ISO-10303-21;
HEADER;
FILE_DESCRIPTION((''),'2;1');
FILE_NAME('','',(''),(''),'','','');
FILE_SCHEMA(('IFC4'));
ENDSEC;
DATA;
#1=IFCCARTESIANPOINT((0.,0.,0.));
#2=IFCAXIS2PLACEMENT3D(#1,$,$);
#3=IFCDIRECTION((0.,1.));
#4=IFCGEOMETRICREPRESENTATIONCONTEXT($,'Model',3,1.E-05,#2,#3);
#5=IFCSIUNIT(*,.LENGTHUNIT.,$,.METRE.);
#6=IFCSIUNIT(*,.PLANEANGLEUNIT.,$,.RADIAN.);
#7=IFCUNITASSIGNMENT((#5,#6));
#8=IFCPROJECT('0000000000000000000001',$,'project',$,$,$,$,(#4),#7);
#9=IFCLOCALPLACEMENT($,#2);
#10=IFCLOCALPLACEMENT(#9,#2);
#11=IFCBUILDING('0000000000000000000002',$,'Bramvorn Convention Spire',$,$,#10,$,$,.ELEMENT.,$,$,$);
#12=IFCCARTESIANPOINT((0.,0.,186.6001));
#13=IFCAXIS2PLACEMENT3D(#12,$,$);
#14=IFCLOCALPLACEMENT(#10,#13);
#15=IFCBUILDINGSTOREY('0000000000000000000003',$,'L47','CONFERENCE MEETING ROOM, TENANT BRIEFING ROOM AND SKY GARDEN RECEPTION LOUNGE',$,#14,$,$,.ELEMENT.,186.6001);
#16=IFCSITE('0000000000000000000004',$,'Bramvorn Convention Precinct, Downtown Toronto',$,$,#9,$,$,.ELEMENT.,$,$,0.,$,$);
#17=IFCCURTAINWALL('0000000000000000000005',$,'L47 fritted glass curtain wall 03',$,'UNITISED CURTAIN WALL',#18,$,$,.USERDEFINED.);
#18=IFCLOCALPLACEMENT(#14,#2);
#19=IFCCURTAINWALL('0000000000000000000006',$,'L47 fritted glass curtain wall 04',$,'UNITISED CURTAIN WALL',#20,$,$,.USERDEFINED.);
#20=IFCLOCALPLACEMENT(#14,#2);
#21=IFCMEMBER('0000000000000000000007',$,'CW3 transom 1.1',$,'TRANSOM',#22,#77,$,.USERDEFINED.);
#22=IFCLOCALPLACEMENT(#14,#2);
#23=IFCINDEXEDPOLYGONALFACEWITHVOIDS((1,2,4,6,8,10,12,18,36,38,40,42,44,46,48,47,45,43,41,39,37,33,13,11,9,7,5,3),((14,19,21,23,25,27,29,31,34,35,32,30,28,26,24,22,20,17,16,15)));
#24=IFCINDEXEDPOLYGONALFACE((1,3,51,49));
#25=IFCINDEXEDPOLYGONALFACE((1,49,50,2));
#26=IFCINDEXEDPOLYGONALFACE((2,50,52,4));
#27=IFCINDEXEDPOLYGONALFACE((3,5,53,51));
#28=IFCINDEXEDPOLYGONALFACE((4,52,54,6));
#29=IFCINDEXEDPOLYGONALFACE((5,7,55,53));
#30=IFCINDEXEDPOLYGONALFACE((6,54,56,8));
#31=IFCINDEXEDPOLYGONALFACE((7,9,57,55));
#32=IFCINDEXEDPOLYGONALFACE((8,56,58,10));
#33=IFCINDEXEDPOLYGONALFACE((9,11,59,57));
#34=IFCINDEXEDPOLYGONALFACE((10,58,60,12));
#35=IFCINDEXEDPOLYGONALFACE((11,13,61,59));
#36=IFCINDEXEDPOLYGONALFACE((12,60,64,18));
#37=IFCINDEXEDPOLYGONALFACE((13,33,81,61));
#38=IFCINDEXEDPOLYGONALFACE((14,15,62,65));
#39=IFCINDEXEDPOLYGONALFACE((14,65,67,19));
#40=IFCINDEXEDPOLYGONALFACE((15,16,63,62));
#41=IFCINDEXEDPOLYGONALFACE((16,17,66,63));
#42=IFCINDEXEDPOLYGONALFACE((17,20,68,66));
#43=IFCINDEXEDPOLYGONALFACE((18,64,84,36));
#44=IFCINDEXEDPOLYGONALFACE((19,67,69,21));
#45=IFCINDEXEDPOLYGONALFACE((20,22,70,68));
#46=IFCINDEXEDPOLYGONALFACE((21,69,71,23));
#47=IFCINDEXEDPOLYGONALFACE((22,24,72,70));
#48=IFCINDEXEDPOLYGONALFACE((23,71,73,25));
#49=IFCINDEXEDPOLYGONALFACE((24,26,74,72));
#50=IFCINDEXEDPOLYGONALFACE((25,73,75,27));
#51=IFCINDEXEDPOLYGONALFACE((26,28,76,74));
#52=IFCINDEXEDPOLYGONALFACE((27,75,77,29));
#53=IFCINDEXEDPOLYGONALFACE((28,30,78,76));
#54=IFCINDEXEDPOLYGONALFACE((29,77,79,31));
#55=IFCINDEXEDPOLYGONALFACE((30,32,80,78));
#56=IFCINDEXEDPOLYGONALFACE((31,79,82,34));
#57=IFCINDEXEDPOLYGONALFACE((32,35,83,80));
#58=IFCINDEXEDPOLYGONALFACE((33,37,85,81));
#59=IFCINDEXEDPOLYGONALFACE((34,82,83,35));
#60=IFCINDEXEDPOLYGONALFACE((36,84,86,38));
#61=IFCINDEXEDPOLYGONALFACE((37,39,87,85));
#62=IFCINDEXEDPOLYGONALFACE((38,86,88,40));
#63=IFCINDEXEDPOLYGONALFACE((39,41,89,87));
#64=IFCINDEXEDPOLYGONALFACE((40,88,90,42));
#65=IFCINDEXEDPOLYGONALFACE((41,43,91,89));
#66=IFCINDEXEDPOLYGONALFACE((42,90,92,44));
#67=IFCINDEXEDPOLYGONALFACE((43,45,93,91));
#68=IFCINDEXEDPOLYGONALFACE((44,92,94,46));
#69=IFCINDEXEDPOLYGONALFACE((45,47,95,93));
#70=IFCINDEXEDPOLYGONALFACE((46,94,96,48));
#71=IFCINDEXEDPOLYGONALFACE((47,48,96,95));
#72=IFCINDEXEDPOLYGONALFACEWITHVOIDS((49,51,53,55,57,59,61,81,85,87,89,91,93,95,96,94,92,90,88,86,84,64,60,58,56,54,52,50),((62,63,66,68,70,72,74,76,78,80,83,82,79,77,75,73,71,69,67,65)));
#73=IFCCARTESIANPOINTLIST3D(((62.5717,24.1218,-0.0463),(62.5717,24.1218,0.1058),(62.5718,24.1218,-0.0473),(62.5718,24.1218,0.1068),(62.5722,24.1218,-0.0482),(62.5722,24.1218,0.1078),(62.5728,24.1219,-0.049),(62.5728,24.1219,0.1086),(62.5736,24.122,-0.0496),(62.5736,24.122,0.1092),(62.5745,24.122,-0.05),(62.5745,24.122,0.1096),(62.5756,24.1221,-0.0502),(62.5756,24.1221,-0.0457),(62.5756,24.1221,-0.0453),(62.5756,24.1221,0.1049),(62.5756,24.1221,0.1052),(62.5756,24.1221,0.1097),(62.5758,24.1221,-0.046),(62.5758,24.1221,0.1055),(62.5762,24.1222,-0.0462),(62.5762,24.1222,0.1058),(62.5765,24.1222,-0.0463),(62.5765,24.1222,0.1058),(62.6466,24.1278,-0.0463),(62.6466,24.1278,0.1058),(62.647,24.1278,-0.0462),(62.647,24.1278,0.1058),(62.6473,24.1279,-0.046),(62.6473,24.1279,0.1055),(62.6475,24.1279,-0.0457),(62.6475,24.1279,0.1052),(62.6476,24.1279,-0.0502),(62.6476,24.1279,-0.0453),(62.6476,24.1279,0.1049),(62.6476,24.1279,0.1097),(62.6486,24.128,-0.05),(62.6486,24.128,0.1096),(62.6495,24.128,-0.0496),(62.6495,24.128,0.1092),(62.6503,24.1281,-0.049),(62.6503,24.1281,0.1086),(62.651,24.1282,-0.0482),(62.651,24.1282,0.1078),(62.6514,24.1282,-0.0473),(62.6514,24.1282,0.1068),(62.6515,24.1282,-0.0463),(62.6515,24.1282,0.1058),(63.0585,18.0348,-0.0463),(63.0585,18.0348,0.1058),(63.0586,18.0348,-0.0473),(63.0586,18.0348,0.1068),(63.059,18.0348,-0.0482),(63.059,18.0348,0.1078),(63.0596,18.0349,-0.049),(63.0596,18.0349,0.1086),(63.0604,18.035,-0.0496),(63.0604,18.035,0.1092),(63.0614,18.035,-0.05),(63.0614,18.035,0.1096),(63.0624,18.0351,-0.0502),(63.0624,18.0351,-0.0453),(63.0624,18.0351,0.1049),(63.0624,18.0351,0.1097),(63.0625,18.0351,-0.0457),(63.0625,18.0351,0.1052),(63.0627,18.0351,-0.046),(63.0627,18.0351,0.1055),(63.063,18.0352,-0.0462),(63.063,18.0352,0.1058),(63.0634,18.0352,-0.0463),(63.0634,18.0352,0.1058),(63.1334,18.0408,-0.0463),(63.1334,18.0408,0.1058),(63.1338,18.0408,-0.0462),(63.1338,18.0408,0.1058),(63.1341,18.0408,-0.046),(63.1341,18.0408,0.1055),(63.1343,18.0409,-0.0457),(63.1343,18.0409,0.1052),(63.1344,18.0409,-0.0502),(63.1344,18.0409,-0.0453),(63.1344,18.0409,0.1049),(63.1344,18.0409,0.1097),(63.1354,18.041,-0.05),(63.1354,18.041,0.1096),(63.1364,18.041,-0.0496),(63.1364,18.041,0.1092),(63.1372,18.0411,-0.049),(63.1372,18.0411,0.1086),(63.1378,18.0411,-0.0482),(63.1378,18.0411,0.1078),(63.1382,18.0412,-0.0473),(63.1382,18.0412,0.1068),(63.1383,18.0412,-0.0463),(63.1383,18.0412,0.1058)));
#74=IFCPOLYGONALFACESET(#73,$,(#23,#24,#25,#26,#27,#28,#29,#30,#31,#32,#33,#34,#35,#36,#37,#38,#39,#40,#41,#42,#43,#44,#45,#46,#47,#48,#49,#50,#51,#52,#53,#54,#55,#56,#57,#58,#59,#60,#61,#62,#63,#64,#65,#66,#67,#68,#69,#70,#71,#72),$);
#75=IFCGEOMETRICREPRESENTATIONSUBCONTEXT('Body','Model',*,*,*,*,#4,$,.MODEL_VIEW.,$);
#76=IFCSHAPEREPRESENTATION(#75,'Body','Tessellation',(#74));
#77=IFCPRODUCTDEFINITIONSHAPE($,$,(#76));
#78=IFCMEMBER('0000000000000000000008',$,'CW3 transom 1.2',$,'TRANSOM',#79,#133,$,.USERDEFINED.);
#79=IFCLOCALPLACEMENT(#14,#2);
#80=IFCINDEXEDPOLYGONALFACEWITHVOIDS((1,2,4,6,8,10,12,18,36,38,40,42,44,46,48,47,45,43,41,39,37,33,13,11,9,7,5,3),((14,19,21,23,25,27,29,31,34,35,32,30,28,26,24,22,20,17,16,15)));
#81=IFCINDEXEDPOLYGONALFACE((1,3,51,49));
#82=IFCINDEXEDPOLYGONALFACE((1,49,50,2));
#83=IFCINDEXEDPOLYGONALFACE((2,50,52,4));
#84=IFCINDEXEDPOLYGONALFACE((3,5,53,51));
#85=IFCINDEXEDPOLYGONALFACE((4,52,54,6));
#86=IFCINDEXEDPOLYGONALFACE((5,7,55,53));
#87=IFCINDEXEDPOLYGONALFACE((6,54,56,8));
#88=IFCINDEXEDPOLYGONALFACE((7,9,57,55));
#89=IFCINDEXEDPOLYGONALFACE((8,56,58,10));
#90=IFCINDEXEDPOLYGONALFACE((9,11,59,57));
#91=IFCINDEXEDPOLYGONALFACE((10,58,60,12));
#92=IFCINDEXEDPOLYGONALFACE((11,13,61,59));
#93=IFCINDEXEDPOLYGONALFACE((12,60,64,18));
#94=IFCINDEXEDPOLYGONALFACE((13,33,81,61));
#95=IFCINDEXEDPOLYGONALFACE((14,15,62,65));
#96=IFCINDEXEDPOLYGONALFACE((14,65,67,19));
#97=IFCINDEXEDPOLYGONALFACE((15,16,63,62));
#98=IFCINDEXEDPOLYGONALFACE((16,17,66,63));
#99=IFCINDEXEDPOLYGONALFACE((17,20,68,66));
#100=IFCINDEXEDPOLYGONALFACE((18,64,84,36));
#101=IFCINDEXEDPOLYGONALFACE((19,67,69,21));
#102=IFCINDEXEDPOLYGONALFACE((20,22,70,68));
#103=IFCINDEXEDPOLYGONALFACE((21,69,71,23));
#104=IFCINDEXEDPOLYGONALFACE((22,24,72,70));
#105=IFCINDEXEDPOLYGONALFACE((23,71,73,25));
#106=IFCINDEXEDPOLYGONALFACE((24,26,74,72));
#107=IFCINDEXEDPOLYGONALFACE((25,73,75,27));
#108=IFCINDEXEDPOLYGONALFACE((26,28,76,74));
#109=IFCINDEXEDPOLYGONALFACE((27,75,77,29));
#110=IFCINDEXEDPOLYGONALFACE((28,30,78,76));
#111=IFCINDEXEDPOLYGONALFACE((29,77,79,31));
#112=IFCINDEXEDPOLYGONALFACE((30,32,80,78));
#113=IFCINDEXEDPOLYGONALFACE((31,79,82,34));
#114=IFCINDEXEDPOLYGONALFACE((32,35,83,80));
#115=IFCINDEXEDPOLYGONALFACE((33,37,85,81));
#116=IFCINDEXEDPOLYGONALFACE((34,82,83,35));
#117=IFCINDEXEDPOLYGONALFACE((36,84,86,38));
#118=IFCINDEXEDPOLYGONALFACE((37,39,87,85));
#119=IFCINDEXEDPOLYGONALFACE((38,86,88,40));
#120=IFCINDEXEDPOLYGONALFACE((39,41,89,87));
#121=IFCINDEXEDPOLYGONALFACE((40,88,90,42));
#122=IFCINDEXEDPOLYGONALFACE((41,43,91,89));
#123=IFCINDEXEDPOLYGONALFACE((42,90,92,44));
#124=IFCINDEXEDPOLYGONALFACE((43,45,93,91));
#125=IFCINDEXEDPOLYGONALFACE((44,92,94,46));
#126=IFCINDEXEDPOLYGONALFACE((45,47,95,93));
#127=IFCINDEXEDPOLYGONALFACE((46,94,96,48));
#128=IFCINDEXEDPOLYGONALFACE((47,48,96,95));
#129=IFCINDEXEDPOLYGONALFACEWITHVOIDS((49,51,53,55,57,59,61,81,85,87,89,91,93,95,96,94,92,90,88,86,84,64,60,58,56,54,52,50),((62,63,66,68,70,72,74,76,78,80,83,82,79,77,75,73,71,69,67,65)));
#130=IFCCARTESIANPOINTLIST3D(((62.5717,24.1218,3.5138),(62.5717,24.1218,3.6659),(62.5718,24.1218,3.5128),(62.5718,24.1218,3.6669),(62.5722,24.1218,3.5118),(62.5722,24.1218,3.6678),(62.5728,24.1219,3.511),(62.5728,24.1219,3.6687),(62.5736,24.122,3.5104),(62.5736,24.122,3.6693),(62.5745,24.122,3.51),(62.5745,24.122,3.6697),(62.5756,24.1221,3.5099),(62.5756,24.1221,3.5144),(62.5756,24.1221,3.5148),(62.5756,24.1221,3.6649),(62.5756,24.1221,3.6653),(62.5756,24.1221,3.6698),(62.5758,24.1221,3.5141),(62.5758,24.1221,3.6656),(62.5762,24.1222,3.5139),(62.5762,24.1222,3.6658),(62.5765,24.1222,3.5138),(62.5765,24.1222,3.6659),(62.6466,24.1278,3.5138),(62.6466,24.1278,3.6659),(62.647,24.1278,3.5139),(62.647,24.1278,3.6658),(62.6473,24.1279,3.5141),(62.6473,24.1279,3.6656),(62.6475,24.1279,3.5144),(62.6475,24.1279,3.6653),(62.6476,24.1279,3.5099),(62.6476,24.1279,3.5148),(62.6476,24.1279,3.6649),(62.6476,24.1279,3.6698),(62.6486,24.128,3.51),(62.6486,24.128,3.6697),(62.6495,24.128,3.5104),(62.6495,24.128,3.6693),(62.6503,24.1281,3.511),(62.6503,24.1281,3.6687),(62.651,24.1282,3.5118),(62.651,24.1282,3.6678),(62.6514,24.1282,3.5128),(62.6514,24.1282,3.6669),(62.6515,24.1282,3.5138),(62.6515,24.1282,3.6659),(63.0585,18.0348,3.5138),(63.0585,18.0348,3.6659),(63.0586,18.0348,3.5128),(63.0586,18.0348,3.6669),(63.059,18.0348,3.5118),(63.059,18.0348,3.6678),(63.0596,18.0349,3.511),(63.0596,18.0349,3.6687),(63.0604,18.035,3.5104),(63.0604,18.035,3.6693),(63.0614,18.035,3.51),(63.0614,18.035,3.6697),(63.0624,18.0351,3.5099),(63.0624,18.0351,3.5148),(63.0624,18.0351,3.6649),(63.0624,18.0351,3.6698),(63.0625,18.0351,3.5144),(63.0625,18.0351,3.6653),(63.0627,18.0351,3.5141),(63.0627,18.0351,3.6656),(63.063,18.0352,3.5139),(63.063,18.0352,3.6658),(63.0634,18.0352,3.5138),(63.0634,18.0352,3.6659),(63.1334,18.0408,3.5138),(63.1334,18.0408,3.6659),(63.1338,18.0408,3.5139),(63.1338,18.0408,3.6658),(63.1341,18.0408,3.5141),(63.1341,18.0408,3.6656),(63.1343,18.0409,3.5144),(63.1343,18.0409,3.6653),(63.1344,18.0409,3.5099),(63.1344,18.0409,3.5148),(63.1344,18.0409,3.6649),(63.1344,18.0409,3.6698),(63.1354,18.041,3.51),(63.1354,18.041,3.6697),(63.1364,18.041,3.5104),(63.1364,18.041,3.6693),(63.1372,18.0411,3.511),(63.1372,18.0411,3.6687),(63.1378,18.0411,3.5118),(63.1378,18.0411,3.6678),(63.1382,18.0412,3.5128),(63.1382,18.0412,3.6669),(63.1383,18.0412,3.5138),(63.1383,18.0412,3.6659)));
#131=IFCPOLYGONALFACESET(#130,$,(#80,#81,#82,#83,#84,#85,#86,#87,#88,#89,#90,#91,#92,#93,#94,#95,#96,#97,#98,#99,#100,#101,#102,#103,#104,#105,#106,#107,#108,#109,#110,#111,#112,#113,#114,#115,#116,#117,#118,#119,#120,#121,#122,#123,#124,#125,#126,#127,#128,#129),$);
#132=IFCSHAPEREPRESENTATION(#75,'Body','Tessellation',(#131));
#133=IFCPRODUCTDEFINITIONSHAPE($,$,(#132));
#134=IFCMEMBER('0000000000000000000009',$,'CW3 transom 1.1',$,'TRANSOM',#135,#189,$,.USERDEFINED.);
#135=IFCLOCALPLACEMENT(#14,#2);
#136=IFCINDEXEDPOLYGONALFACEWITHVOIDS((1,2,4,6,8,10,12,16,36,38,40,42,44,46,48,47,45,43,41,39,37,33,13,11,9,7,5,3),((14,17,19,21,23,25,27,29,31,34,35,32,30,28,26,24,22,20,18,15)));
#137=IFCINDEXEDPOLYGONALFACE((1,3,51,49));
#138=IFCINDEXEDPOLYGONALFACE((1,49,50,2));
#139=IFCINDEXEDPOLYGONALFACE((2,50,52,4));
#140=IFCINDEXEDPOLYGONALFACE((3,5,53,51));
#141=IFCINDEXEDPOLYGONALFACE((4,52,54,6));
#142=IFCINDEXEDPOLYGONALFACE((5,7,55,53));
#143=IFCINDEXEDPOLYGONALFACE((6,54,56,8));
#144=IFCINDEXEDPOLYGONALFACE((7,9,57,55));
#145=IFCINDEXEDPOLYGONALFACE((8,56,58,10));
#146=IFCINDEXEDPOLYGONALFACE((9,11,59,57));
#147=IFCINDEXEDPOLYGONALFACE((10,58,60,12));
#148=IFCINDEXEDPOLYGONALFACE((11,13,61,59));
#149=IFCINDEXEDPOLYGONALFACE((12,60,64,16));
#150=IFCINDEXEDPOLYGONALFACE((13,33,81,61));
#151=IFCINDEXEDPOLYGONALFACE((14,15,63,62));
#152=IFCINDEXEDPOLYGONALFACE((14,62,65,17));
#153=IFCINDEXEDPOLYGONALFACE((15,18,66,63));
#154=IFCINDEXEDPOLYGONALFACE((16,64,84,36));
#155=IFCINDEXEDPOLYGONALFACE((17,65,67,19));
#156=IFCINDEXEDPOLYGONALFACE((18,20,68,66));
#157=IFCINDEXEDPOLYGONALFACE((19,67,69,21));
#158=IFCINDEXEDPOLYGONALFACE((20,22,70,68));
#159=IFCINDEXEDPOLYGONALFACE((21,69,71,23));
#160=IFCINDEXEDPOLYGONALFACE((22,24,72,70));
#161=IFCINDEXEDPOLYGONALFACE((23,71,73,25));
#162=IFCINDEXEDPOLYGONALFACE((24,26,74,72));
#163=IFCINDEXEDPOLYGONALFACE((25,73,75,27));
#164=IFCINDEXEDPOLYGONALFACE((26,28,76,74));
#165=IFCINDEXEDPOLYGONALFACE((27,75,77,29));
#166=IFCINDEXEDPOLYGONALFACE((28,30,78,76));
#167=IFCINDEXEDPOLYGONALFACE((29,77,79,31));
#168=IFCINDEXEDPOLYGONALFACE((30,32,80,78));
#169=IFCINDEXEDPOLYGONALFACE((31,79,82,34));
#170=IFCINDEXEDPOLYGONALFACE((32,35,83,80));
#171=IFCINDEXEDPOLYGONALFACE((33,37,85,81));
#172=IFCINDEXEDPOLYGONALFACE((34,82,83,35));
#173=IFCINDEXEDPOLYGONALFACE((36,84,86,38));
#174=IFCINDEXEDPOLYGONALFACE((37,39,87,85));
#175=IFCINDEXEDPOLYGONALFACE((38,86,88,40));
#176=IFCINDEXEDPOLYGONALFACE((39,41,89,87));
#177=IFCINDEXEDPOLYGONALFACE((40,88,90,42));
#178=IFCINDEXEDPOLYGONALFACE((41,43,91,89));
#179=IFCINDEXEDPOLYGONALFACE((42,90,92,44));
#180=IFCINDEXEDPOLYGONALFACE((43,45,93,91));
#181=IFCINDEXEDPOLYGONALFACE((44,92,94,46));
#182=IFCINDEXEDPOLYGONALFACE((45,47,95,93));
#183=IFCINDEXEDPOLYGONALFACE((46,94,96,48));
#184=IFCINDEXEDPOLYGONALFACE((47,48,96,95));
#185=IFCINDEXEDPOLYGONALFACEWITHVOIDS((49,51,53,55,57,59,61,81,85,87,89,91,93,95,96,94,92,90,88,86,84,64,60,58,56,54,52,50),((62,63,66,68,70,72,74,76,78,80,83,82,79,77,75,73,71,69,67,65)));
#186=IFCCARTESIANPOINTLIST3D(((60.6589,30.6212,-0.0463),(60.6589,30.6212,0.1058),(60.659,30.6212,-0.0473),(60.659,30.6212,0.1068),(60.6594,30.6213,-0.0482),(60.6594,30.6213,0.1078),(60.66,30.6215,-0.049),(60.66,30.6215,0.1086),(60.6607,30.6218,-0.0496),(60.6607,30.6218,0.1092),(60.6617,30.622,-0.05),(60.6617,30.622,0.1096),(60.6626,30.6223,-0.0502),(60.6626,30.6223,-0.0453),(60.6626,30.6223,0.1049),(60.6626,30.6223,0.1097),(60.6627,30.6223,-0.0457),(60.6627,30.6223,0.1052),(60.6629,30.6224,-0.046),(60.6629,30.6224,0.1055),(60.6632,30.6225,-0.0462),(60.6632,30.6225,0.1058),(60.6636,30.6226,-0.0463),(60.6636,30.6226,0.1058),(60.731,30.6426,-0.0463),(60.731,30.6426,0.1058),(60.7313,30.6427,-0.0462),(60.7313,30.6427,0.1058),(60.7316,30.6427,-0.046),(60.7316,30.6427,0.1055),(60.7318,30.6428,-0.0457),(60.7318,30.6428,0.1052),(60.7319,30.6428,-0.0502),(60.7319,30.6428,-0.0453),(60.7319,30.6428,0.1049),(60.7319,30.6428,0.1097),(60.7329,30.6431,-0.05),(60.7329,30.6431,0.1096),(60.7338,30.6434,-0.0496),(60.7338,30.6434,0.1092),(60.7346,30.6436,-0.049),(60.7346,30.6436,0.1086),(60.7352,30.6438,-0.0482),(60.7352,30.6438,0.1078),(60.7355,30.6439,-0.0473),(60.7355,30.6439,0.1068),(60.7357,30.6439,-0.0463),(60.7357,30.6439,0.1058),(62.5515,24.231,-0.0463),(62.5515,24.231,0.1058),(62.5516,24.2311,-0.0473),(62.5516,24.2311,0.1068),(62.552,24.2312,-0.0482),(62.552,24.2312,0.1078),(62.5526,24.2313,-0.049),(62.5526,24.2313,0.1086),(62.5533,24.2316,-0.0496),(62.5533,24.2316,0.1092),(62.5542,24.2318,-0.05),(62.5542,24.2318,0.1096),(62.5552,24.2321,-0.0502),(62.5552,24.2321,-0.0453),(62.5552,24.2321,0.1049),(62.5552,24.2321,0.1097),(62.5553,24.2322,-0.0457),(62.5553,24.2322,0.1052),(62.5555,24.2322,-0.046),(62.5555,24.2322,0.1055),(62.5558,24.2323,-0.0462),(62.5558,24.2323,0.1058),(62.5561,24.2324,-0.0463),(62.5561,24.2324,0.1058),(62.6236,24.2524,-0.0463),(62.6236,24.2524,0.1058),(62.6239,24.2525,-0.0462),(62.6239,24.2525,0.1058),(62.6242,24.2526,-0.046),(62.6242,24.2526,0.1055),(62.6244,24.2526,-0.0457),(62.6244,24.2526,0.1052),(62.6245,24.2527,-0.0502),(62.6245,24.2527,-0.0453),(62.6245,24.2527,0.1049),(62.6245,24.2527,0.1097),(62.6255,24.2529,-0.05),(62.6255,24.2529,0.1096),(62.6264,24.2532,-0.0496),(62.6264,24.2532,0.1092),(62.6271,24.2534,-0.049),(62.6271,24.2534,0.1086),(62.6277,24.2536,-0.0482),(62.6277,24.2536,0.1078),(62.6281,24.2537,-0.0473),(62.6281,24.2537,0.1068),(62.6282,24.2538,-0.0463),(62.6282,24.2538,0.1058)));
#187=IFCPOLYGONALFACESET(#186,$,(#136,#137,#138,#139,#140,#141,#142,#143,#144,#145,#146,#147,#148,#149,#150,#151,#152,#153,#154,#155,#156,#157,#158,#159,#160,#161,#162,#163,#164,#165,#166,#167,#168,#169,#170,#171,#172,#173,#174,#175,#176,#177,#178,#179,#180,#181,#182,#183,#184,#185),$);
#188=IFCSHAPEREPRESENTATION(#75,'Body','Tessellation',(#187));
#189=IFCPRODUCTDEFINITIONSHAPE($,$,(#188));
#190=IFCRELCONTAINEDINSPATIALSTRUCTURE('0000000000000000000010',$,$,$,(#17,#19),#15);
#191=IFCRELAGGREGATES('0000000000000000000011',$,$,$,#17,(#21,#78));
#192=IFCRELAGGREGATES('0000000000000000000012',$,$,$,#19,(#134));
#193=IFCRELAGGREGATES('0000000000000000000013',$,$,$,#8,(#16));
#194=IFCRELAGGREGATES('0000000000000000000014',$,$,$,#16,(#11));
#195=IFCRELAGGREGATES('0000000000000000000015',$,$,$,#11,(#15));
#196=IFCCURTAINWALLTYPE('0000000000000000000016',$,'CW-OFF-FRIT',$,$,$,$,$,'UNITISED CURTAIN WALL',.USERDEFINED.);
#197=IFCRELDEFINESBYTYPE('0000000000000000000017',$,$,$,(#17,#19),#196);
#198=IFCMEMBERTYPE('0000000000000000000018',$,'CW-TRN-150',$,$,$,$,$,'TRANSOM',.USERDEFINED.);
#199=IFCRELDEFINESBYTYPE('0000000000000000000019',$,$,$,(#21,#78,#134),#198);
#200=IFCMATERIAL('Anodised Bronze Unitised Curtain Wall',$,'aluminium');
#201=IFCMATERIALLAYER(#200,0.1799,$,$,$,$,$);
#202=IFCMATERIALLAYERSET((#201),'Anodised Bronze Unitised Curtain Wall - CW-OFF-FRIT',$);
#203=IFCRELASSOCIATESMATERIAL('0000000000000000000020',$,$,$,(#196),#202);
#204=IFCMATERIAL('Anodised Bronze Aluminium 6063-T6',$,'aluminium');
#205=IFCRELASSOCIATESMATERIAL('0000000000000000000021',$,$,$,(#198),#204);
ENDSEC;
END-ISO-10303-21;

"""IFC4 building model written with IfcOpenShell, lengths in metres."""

from ifc_helpers import new_model, si_unit, direction, frame, origin, origin_2d, place, context, subcontext, project, spatial, hollow_rectangle, extrude, material, layer, layer_set, material_profile, profile_set, type_object, element, aggregate, save


model = new_model("IFC4")

# Units and contexts
model_context = context("Model", 3, precision=1e-05, world=origin(), true_north=direction((0.0, 1.0)))
body_context = subcontext(model_context, "Body", "Model", "MODEL_VIEW")
ifc_project = project(units=[si_unit("LENGTHUNIT", "METRE"), si_unit("PLANEANGLEUNIT", "RADIAN")], contexts=[model_context])

# Site, building, storey
site_placement = place(None, origin())
site = spatial("IfcSite", under=ifc_project, at=site_placement, Name="Bramvorn Convention Precinct, Downtown Toronto", CompositionType="ELEMENT", RefElevation=0.0)
building_placement = place(site_placement, origin())
building = spatial("IfcBuilding", under=site, at=building_placement, Name="Bramvorn Convention Spire", CompositionType="ELEMENT")
storey_placement = place(building_placement, frame((0.0, 0.0, 186.6001)))
storey = spatial("IfcBuildingStorey", under=building, at=storey_placement, Name="L47", Description="CONFERENCE MEETING ROOM, TENANT BRIEFING ROOM AND SKY GARDEN RECEPTION LOUNGE", CompositionType="ELEMENT", Elevation=186.6001)

# Curtain wall
ifc_material_1 = material(Name="Anodised Bronze Unitised Curtain Wall", Category="aluminium")
ifc_layer_1 = layer(ifc_material_1, 0.1799)
ifc_layer_set_1 = layer_set([ifc_layer_1], Name="Anodised Bronze Unitised Curtain Wall - CW-OFF-FRIT")
curtain_wall_type = type_object("IfcCurtainWallType", Name="CW-OFF-FRIT", ElementType="UNITISED CURTAIN WALL", PredefinedType="USERDEFINED", material=ifc_layer_set_1)
curtain_wall_1_placement = place(storey_placement, origin())
curtain_wall_1 = element("IfcCurtainWall", 1, at=curtain_wall_1_placement, inside=storey, type_object=curtain_wall_type, Name="L47 fritted glass curtain wall 03", ObjectType="UNITISED CURTAIN WALL", PredefinedType="USERDEFINED")
ifc_material_2 = material(Name="Anodised Bronze Aluminium 6063-T6", Category="aluminium")

# Curtain wall
curtain_wall_2_placement = place(storey_placement, origin())
curtain_wall_2 = element("IfcCurtainWall", 2, at=curtain_wall_2_placement, inside=storey, type_object=curtain_wall_type, Name="L47 fritted glass curtain wall 04", ObjectType="UNITISED CURTAIN WALL", PredefinedType="USERDEFINED")

# Members
ifc_material_profile_1 = material_profile(ifc_material_2, hollow_rectangle(XDim=0.0801, YDim=0.1599, WallThickness=0.0039, InnerFilletRadius=0.001, OuterFilletRadius=0.0039, at=origin_2d()))
ifc_profile_set_1 = profile_set([ifc_material_profile_1], Name="Anodised Bronze Aluminium 6063-T6 - CWT80X160")
member_type_1 = type_object("IfcMemberType", Name="CW-TRN-150", ElementType="TRANSOM", PredefinedType="USERDEFINED", material=ifc_profile_set_1)
member_1_placement = place(storey_placement, frame((62.6116, 24.125, 0.0298), z_axis=(0.079723, -0.996817, 0.0), x_axis=(0.996817, 0.079723, 0.0)))
member_1 = element("IfcMember", 3, at=member_1_placement, type_object=member_type_1, Name="CW3 transom 1.1", ObjectType="TRANSOM", PredefinedType="USERDEFINED", context=body_context, shape_type="SweptSolid", body=[
    extrude(hollow_rectangle(XDim=0.0801, YDim=0.1599, WallThickness=0.0039, InnerFilletRadius=0.001, OuterFilletRadius=0.0039, at=origin_2d()), origin(), (0.0, 0.0, 1.0), 6.1064),
])
member_2_placement = place(storey_placement, frame((62.6116, 24.125, 3.5898), z_axis=(0.079723, -0.996817, 0.0), x_axis=(0.996817, 0.079723, 0.0)))
member_2 = element("IfcMember", 4, at=member_2_placement, type_object=member_type_1, Name="CW3 transom 1.2", ObjectType="TRANSOM", PredefinedType="USERDEFINED", context=body_context, shape_type="SweptSolid", body=[
    extrude(hollow_rectangle(XDim=0.0801, YDim=0.1599, WallThickness=0.0039, InnerFilletRadius=0.001, OuterFilletRadius=0.0039, at=origin_2d()), origin(), (0.0, 0.0, 1.0), 6.1064),
])
aggregate(curtain_wall_1, [member_1, member_2])
member_3_placement = place(storey_placement, frame((60.6973, 30.6326, 0.0298), z_axis=(0.283979, -0.958831, 0.0), x_axis=(0.958831, 0.283979, 0.0)))
member_3 = element("IfcMember", 5, at=member_3_placement, type_object=member_type_1, Name="CW3 transom 1.1", ObjectType="TRANSOM", PredefinedType="USERDEFINED", context=body_context, shape_type="SweptSolid", body=[
    extrude(hollow_rectangle(XDim=0.0801, YDim=0.1599, WallThickness=0.0039, InnerFilletRadius=0.001, OuterFilletRadius=0.0039, at=origin_2d()), origin(), (0.0, 0.0, 1.0), 6.6646),
])

aggregate(curtain_wall_2, [member_3])

save(model, "model.ifc")
